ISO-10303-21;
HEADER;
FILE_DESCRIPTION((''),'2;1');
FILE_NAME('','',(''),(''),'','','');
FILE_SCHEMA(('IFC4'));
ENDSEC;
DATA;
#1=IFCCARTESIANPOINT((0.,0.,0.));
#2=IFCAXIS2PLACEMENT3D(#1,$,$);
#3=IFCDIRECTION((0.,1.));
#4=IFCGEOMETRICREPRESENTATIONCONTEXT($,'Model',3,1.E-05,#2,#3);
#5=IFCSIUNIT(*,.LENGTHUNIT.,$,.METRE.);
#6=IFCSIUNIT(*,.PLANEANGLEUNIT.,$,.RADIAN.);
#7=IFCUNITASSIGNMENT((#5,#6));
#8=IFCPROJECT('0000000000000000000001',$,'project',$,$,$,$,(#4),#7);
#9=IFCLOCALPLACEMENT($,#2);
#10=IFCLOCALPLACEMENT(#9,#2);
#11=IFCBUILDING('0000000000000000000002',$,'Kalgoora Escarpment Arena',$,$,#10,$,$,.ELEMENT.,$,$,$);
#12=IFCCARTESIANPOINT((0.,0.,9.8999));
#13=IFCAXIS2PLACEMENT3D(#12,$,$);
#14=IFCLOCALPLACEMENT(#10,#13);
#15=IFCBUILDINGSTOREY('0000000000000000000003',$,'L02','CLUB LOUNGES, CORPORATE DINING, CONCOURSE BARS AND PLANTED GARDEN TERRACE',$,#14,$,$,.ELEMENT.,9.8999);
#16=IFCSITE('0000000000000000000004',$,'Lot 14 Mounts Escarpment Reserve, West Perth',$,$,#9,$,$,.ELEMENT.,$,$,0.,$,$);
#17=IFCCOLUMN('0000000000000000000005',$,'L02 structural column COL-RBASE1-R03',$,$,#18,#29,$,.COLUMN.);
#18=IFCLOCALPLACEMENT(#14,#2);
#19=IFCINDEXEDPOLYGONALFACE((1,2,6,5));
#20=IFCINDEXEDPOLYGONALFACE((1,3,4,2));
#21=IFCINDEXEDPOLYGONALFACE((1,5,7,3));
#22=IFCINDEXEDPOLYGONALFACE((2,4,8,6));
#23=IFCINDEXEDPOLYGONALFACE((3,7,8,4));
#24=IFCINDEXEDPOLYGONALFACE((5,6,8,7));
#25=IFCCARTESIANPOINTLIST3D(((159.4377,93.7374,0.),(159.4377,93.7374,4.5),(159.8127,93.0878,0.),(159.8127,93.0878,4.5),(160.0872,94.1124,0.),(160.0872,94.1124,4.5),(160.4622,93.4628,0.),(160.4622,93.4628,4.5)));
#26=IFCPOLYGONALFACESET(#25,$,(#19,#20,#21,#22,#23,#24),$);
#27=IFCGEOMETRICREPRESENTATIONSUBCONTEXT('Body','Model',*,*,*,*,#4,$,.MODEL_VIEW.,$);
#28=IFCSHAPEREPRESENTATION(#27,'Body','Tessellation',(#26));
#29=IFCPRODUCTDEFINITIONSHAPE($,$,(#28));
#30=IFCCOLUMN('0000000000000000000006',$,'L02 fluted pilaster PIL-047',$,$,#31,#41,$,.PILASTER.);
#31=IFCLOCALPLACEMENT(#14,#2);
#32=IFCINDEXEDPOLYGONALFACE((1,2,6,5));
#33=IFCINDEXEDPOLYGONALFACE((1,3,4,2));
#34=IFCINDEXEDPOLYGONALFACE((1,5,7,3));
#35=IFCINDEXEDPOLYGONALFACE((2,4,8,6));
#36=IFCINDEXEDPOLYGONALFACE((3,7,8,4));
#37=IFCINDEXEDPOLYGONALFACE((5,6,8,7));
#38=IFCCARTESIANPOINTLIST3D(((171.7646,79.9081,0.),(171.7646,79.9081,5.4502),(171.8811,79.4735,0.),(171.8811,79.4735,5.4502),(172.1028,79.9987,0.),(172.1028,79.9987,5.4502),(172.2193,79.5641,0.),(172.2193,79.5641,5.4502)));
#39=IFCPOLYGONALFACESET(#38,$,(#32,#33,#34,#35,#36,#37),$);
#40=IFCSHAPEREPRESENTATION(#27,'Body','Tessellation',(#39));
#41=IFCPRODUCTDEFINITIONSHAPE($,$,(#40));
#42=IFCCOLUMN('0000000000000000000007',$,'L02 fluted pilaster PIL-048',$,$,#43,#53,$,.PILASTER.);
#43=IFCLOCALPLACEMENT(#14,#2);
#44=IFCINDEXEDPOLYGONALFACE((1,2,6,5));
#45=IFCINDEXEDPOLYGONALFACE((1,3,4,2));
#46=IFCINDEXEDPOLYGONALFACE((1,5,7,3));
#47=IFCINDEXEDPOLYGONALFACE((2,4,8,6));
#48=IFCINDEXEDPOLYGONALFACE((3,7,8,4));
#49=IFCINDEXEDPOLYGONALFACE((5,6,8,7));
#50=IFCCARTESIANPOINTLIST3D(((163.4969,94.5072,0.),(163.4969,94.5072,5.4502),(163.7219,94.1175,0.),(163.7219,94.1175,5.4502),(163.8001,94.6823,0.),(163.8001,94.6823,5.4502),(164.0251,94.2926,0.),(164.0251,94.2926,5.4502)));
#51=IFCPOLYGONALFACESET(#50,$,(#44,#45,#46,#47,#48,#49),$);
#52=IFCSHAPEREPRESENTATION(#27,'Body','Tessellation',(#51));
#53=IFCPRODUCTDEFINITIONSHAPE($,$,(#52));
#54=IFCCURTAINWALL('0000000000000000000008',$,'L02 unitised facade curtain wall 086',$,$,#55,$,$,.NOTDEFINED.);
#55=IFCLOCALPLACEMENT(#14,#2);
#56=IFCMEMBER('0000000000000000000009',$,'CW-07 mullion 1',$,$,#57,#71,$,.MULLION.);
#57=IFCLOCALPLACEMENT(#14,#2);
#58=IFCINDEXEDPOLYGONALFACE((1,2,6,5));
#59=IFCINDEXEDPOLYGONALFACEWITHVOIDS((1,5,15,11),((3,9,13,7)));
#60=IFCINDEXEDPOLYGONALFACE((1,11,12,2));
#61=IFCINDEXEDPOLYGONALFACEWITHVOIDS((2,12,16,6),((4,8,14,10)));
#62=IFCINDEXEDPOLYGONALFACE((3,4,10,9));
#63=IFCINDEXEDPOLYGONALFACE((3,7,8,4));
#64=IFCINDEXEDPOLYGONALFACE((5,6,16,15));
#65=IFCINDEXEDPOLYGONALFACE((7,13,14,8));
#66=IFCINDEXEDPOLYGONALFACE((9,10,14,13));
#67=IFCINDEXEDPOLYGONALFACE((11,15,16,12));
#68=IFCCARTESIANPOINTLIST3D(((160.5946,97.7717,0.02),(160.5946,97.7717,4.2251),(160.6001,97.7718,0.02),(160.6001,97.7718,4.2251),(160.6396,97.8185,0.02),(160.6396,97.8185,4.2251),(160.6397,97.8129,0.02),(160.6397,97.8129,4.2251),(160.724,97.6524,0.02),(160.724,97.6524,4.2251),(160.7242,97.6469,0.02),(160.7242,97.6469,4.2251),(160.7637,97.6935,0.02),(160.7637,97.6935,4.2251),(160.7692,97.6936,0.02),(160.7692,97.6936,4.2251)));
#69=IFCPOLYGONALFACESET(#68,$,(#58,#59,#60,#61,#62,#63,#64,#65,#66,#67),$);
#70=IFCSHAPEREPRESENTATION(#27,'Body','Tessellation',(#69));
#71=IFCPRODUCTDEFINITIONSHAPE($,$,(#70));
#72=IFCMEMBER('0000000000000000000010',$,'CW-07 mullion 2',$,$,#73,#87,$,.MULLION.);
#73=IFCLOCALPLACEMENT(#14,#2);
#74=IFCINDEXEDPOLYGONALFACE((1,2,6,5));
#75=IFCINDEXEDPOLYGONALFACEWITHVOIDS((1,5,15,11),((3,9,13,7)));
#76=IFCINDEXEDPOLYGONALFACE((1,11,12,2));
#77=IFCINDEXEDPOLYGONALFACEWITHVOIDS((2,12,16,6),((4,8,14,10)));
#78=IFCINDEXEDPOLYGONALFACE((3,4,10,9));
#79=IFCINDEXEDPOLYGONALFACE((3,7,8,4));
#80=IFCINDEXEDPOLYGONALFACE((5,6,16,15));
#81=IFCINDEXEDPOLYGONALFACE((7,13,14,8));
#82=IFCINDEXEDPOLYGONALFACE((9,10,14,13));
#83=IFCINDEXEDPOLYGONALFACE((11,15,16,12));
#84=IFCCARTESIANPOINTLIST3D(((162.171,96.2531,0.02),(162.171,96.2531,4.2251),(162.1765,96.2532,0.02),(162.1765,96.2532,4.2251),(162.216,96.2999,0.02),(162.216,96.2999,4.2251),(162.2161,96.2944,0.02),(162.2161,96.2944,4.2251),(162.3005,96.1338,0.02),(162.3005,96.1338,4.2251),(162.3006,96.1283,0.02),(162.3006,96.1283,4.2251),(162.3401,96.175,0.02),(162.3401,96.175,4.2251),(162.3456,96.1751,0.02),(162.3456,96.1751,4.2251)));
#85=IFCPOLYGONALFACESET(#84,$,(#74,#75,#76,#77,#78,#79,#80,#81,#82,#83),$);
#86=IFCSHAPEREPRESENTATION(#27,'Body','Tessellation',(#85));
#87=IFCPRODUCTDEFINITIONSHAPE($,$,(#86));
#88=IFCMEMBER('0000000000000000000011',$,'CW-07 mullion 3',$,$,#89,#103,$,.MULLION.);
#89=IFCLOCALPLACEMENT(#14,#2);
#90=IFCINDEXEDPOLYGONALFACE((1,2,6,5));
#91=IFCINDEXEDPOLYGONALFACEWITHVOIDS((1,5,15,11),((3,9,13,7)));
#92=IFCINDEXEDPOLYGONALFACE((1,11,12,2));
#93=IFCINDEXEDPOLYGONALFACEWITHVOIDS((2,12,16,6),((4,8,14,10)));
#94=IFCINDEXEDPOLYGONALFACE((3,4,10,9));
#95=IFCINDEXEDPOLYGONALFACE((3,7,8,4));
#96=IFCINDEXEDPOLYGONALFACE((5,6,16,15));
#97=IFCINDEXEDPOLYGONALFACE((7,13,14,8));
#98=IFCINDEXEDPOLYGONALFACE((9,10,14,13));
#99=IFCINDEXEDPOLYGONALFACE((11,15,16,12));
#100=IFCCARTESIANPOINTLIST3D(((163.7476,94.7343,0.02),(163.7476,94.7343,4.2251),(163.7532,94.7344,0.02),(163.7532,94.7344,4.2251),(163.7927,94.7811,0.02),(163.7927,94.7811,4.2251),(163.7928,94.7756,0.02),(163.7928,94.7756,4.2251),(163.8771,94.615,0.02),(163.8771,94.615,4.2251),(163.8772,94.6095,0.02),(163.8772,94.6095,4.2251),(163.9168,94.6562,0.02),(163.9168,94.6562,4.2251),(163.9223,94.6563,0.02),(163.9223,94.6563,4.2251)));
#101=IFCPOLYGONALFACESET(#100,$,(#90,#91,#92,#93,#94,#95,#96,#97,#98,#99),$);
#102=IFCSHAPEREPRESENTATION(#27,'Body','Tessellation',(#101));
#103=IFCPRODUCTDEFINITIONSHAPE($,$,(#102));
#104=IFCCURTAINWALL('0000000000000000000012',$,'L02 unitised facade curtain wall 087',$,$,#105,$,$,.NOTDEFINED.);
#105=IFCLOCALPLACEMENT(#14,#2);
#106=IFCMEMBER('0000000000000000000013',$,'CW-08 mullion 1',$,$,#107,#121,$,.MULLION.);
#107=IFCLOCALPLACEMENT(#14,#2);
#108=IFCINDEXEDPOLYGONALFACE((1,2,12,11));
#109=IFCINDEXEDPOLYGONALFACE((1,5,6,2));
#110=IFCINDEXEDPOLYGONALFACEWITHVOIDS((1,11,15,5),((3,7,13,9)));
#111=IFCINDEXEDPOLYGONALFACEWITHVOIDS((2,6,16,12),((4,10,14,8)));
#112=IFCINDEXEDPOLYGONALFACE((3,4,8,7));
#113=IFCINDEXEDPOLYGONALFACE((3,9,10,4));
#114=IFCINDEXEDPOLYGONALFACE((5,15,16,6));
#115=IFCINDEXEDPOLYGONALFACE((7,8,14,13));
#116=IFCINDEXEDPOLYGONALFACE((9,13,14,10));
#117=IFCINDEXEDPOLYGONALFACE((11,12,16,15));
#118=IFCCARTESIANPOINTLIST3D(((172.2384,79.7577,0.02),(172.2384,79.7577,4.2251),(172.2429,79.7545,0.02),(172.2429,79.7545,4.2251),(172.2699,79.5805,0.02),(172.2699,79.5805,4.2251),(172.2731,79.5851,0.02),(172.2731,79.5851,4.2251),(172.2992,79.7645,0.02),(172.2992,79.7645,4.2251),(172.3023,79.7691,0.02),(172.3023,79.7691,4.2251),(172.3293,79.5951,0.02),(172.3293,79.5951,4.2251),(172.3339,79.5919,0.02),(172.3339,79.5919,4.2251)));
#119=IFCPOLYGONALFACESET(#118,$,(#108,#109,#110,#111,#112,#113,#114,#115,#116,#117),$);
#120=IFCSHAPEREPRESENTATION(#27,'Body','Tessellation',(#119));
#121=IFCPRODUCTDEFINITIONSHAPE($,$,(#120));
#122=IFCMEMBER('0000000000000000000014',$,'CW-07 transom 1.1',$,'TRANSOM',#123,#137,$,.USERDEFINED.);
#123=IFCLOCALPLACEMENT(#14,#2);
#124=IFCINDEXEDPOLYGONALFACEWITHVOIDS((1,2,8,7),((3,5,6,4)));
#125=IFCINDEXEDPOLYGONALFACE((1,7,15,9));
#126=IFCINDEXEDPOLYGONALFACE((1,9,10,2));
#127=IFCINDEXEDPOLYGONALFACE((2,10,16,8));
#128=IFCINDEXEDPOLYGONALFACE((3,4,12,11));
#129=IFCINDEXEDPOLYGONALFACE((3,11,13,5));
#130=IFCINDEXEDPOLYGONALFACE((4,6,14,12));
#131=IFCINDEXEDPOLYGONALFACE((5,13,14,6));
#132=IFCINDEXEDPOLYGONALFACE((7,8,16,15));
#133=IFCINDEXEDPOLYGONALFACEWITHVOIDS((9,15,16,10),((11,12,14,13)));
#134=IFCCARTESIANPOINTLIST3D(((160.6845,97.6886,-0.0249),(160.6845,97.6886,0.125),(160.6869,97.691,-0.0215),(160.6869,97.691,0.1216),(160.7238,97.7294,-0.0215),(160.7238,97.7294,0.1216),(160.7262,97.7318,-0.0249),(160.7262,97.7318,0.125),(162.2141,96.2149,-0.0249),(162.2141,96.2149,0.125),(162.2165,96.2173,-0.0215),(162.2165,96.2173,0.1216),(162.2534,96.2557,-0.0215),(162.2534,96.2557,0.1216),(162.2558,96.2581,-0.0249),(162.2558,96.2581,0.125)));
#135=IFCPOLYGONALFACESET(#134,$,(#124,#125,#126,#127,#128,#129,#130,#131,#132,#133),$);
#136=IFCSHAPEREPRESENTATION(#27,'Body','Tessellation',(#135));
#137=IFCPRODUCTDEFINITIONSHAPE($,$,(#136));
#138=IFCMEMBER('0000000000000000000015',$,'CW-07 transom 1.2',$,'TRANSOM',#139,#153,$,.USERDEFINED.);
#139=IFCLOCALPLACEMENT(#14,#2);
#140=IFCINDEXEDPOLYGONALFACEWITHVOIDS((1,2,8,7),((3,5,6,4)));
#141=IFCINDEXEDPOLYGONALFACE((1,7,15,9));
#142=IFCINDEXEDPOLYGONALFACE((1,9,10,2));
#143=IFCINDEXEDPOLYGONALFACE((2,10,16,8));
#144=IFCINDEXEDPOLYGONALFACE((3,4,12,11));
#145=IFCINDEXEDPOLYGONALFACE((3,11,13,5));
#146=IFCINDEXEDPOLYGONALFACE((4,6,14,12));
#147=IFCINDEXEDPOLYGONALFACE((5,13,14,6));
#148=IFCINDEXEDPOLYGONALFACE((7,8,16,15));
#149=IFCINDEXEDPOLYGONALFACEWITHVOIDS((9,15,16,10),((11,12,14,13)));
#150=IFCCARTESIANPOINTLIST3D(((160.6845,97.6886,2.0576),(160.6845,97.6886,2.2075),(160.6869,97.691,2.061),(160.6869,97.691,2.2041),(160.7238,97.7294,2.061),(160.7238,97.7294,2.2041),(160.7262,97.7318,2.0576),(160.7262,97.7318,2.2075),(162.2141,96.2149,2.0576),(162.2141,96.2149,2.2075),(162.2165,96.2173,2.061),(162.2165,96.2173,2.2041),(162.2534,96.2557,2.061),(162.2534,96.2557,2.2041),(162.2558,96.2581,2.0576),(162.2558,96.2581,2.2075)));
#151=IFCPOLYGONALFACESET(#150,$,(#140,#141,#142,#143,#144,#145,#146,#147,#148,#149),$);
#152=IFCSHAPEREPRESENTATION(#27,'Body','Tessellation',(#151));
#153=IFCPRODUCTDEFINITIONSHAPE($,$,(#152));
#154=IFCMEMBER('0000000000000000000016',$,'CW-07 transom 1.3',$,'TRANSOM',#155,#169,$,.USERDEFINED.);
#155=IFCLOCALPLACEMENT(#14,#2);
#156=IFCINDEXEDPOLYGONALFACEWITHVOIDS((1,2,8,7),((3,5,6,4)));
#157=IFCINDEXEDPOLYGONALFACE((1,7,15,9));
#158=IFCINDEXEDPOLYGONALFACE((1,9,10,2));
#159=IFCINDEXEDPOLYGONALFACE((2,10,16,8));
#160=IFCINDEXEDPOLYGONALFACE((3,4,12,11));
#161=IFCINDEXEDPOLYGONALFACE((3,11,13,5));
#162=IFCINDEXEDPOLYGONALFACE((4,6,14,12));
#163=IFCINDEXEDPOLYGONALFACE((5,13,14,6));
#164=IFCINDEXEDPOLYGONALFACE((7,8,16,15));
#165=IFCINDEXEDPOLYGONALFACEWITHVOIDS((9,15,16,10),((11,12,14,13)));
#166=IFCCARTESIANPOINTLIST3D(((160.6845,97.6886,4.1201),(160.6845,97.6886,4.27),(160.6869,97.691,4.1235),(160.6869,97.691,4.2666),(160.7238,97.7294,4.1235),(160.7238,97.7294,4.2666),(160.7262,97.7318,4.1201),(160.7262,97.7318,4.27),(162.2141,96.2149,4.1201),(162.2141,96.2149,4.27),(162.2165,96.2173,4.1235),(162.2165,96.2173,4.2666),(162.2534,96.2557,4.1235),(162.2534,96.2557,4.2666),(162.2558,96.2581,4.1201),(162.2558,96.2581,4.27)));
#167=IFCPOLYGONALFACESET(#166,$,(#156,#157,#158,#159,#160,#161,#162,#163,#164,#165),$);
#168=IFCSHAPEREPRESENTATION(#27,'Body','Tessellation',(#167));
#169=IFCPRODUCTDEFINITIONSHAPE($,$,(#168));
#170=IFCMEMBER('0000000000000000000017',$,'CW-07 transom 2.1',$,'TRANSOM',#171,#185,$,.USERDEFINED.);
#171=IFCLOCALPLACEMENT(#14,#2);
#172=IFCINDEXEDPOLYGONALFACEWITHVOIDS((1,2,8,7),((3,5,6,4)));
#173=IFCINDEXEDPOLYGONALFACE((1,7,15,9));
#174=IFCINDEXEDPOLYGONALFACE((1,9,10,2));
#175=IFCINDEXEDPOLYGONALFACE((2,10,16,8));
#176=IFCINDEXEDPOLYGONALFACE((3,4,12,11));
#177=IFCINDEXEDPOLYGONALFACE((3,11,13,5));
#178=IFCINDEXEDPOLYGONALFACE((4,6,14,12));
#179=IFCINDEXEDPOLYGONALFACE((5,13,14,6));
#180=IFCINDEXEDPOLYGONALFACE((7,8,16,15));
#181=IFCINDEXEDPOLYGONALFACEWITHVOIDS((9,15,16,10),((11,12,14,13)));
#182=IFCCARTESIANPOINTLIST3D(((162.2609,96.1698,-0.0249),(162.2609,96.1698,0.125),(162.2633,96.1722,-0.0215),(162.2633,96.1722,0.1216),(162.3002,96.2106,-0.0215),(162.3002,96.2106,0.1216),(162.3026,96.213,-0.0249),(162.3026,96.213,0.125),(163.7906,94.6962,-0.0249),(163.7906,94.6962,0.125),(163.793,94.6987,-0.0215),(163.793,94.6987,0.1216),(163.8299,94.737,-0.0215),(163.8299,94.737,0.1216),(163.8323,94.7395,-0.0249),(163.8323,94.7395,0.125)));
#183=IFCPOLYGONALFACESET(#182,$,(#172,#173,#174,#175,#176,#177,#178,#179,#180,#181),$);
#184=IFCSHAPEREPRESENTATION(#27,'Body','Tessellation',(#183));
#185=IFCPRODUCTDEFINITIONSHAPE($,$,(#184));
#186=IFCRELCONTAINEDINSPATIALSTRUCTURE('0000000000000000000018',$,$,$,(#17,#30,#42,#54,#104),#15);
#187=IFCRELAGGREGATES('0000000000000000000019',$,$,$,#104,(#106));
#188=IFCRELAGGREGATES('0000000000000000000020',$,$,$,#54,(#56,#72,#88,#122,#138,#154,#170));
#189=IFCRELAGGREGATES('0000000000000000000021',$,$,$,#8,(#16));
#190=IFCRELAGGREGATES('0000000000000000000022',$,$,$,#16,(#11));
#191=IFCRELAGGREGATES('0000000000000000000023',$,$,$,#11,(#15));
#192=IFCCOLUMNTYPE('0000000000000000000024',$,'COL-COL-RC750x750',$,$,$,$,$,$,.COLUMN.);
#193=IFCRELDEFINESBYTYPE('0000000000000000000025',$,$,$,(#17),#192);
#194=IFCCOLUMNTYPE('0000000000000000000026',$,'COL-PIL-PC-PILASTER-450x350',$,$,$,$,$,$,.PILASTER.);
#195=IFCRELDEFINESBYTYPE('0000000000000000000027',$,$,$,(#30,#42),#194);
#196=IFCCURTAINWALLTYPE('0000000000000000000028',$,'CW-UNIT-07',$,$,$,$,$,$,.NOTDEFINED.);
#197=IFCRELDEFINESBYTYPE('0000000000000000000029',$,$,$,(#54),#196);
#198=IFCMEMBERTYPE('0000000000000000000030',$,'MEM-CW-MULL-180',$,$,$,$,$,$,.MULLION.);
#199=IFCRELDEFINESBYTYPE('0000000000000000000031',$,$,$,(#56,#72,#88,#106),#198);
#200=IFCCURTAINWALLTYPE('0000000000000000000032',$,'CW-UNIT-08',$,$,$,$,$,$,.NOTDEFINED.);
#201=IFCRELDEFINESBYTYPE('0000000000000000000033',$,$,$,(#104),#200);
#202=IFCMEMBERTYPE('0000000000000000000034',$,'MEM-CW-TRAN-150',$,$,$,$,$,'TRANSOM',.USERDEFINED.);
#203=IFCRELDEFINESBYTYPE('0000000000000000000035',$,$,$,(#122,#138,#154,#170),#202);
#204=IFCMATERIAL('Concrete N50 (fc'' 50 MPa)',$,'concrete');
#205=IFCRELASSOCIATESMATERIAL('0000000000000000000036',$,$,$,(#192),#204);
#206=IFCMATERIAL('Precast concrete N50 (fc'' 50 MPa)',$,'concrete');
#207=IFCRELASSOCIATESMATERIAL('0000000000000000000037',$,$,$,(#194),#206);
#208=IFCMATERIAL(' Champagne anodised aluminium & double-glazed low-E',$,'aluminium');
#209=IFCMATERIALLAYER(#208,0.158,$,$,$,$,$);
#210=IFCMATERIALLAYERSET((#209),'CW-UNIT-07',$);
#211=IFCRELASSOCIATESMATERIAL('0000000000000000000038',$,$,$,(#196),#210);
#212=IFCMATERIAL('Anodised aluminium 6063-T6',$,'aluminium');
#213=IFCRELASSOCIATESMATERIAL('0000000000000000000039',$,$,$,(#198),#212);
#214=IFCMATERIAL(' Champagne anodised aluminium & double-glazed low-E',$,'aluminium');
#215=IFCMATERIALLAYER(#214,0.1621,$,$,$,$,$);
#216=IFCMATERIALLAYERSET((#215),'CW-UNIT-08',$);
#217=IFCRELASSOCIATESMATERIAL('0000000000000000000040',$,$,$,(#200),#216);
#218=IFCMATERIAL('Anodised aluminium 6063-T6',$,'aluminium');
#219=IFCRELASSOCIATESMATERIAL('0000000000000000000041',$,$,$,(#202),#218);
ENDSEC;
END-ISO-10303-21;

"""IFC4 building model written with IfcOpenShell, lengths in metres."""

from ifc_helpers import new_model, si_unit, direction, frame, origin, origin_2d, place, context, subcontext, project, spatial, rectangle, hollow_rectangle, extrude, material, layer, layer_set, material_profile, profile_set, type_object, element, aggregate, save


model = new_model("IFC4")

# Units and contexts
model_context = context("Model", 3, precision=1e-05, world=origin(), true_north=direction((0.0, 1.0)))
body_context = subcontext(model_context, "Body", "Model", "MODEL_VIEW")
ifc_project = project(units=[si_unit("LENGTHUNIT", "METRE"), si_unit("PLANEANGLEUNIT", "RADIAN")], contexts=[model_context])

# Site, building, storey
site_placement = place(None, origin())
site = spatial("IfcSite", under=ifc_project, at=site_placement, Name="Lot 14 Mounts Escarpment Reserve, West Perth", CompositionType="ELEMENT", RefElevation=0.0)
building_placement = place(site_placement, origin())
building = spatial("IfcBuilding", under=site, at=building_placement, Name="Kalgoora Escarpment Arena", CompositionType="ELEMENT")
storey_placement = place(building_placement, frame((0.0, 0.0, 9.8999)))
storey = spatial("IfcBuildingStorey", under=building, at=storey_placement, Name="L02", Description="CLUB LOUNGES, CORPORATE DINING, CONCOURSE BARS AND PLANTED GARDEN TERRACE", CompositionType="ELEMENT", Elevation=9.8999)

# Columns
ifc_material_1 = material(Name="Concrete N50 (fc' 50 MPa)", Category="concrete")
ifc_material_profile_1 = material_profile(ifc_material_1, rectangle(XDim=0.75, YDim=0.75, at=origin_2d()))
ifc_profile_set_1 = profile_set([ifc_material_profile_1], Name="Concrete N50 (fc' 50 MPa)")
column_type_1 = type_object("IfcColumnType", Name="COL-COL-RC750x750", PredefinedType="COLUMN", material=ifc_profile_set_1)
column_placement = place(storey_placement, frame((159.95, 93.6001, 0.0), z_axis=(0.0, 0.0, 1.0), x_axis=(0.866025, 0.5, 0.0)))
element("IfcColumn", 1, at=column_placement, inside=storey, type_object=column_type_1, Name="L02 structural column COL-RBASE1-R03", PredefinedType="COLUMN", context=body_context, shape_type="SweptSolid", body=[
    extrude(rectangle(XDim=0.75, YDim=0.75, at=origin_2d()), origin(), (0.0, 0.0, 1.0), 4.5),
])
ifc_material_2 = material(Name="Precast concrete N50 (fc' 50 MPa)", Category="concrete")
ifc_material_profile_2 = material_profile(ifc_material_2, rectangle(XDim=0.3501, YDim=0.45, at=origin_2d()))
ifc_profile_set_2 = profile_set([ifc_material_profile_2], Name="Precast concrete N50 (fc' 50 MPa)")
column_type_2 = type_object("IfcColumnType", Name="COL-PIL-PC-PILASTER-450x350", PredefinedType="PILASTER", material=ifc_profile_set_2)
for number, where, z_axis, x_axis, name in (
    (2, (171.9919, 79.7361, 0.0), (0.0, 0.0, 1.0), (0.965926, 0.258819, 0.0), "L02 fluted pilaster PIL-047"),
    (3, (163.761, 94.3999, 0.0), (0.0, 0.0, 1.0), (0.866025, 0.5, 0.0), "L02 fluted pilaster PIL-048"),
):
    element("IfcColumn", number, at=place(storey_placement, frame(where, z_axis=z_axis, x_axis=x_axis)), inside=storey, type_object=column_type_2, Name=name, PredefinedType="PILASTER", context=body_context, shape_type="SweptSolid", body=[
        extrude(rectangle(XDim=0.3501, YDim=0.45, at=origin_2d()), origin(), (0.0, 0.0, 1.0), 5.4502),
    ])

# Curtain wall, members
ifc_material_3 = material(Name=" Champagne anodised aluminium & double-glazed low-E", Category="aluminium")
ifc_layer_1 = layer(ifc_material_3, 0.158)
ifc_layer_set_1 = layer_set([ifc_layer_1], Name="CW-UNIT-07")
curtain_wall_type_1 = type_object("IfcCurtainWallType", Name="CW-UNIT-07", PredefinedType="NOTDEFINED", material=ifc_layer_set_1)
curtain_wall_1_placement = place(storey_placement, origin())
curtain_wall_1 = element("IfcCurtainWall", 4, at=curtain_wall_1_placement, inside=storey, type_object=curtain_wall_type_1, Name="L02 unitised facade curtain wall 086", PredefinedType="NOTDEFINED")
ifc_material_4 = material(Name="Anodised aluminium 6063-T6", Category="aluminium")
ifc_material_profile_3 = material_profile(ifc_material_4, hollow_rectangle(XDim=0.0649, YDim=0.1799, WallThickness=0.0039, at=origin_2d()))
ifc_profile_set_3 = profile_set([ifc_material_profile_3], Name="Anodised aluminium 6063-T6")
member_type_1 = type_object("IfcMemberType", Name="MEM-CW-MULL-180", PredefinedType="MULLION", material=ifc_profile_set_3)
member_1_placement = place(storey_placement, frame((160.6819, 97.7327, 0.02), z_axis=(0.0, 0.0, 1.0), x_axis=(0.69376, 0.720206, 0.0)))
member_1 = element("IfcMember", 5, at=member_1_placement, type_object=member_type_1, Name="CW-07 mullion 1", PredefinedType="MULLION", context=body_context, shape_type="SweptSolid", body=[
    extrude(hollow_rectangle(XDim=0.0649, YDim=0.1799, WallThickness=0.0039, at=origin_2d()), origin(), (0.0, 0.0, 1.0), 4.2051),
])
member_2_placement = place(storey_placement, frame((162.2583, 96.2141, 0.02), z_axis=(0.0, 0.0, 1.0), x_axis=(0.69376, 0.720206, 0.0)))
member_2 = element("IfcMember", 6, at=member_2_placement, type_object=member_type_1, Name="CW-07 mullion 2", PredefinedType="MULLION", context=body_context, shape_type="SweptSolid", body=[
    extrude(hollow_rectangle(XDim=0.0649, YDim=0.1799, WallThickness=0.0039, at=origin_2d()), origin(), (0.0, 0.0, 1.0), 4.2051),
])
member_3_placement = place(storey_placement, frame((163.835, 94.6953, 0.02), z_axis=(0.0, 0.0, 1.0), x_axis=(0.69376, 0.720206, 0.0)))
member_3 = element("IfcMember", 7, at=member_3_placement, type_object=member_type_1, Name="CW-07 mullion 3", PredefinedType="MULLION", context=body_context, shape_type="SweptSolid", body=[
    extrude(hollow_rectangle(XDim=0.0649, YDim=0.1799, WallThickness=0.0039, at=origin_2d()), origin(), (0.0, 0.0, 1.0), 4.2051),
])

# Curtain wall, member
ifc_material_5 = material(Name=" Champagne anodised aluminium & double-glazed low-E", Category="aluminium")
ifc_layer_2 = layer(ifc_material_5, 0.1621)
ifc_layer_set_2 = layer_set([ifc_layer_2], Name="CW-UNIT-08")
curtain_wall_type_2 = type_object("IfcCurtainWallType", Name="CW-UNIT-08", PredefinedType="NOTDEFINED", material=ifc_layer_set_2)
curtain_wall_2_placement = place(storey_placement, origin())
curtain_wall_2 = element("IfcCurtainWall", 8, at=curtain_wall_2_placement, inside=storey, type_object=curtain_wall_type_2, Name="L02 unitised facade curtain wall 087", PredefinedType="NOTDEFINED")
member_4_placement = place(storey_placement, frame((172.2861, 79.6748, 0.02), z_axis=(0.0, 0.0, 1.0), x_axis=(0.984507, 0.175346, 0.0)))
member_4 = element("IfcMember", 9, at=member_4_placement, type_object=member_type_1, Name="CW-08 mullion 1", PredefinedType="MULLION", context=body_context, shape_type="SweptSolid", body=[
    extrude(hollow_rectangle(XDim=0.0649, YDim=0.1799, WallThickness=0.0039, at=origin_2d()), origin(), (0.0, 0.0, 1.0), 4.2051),
])

# Members
ifc_material_6 = material(Name="Anodised aluminium 6063-T6", Category="aluminium")
ifc_material_profile_4 = material_profile(ifc_material_6, hollow_rectangle(XDim=0.0601, YDim=0.1499, WallThickness=0.0034, at=origin_2d()))
ifc_profile_set_4 = profile_set([ifc_material_profile_4], Name="Anodised aluminium 6063-T6")
member_type_2 = type_object("IfcMemberType", Name="MEM-CW-TRAN-150", ElementType="TRANSOM", PredefinedType="USERDEFINED", material=ifc_profile_set_4)
member_5_placement = place(storey_placement, frame((160.7053, 97.7102, 0.05), z_axis=(0.720146, -0.693823, 0.0), x_axis=(0.693823, 0.720146, 0.0)))
member_5 = element("IfcMember", 10, at=member_5_placement, type_object=member_type_2, Name="CW-07 transom 1.1", ObjectType="TRANSOM", PredefinedType="USERDEFINED", context=body_context, shape_type="SweptSolid", body=[
    extrude(hollow_rectangle(XDim=0.0601, YDim=0.1499, WallThickness=0.0034, at=origin_2d()), origin(), (0.0, 0.0, 1.0), 2.124),
])
member_6_placement = place(storey_placement, frame((160.7053, 97.7102, 2.1326), z_axis=(0.720146, -0.693823, 0.0), x_axis=(0.693823, 0.720146, 0.0)))
member_6 = element("IfcMember", 11, at=member_6_placement, type_object=member_type_2, Name="CW-07 transom 1.2", ObjectType="TRANSOM", PredefinedType="USERDEFINED", context=body_context, shape_type="SweptSolid", body=[
    extrude(hollow_rectangle(XDim=0.0601, YDim=0.1499, WallThickness=0.0034, at=origin_2d()), origin(), (0.0, 0.0, 1.0), 2.124),
])
member_7_placement = place(storey_placement, frame((160.7053, 97.7102, 4.1951), z_axis=(0.720146, -0.693823, 0.0), x_axis=(0.693823, 0.720146, 0.0)))
member_7 = element("IfcMember", 12, at=member_7_placement, type_object=member_type_2, Name="CW-07 transom 1.3", ObjectType="TRANSOM", PredefinedType="USERDEFINED", context=body_context, shape_type="SweptSolid", body=[
    extrude(hollow_rectangle(XDim=0.0601, YDim=0.1499, WallThickness=0.0034, at=origin_2d()), origin(), (0.0, 0.0, 1.0), 2.124),
])
member_8_placement = place(storey_placement, frame((162.2817, 96.1914, 0.05), z_axis=(0.720201, -0.693765, 0.0), x_axis=(0.693765, 0.720201, 0.0)))
member_8 = element("IfcMember", 13, at=member_8_placement, type_object=member_type_2, Name="CW-07 transom 2.1", ObjectType="TRANSOM", PredefinedType="USERDEFINED", context=body_context, shape_type="SweptSolid", body=[
    extrude(hollow_rectangle(XDim=0.0601, YDim=0.1499, WallThickness=0.0034, at=origin_2d()), origin(), (0.0, 0.0, 1.0), 2.124),
])
aggregate(curtain_wall_2, [member_4])

aggregate(curtain_wall_1, [member_1, member_2, member_3, member_5, member_6, member_7, member_8])

save(model, "model.ifc")
